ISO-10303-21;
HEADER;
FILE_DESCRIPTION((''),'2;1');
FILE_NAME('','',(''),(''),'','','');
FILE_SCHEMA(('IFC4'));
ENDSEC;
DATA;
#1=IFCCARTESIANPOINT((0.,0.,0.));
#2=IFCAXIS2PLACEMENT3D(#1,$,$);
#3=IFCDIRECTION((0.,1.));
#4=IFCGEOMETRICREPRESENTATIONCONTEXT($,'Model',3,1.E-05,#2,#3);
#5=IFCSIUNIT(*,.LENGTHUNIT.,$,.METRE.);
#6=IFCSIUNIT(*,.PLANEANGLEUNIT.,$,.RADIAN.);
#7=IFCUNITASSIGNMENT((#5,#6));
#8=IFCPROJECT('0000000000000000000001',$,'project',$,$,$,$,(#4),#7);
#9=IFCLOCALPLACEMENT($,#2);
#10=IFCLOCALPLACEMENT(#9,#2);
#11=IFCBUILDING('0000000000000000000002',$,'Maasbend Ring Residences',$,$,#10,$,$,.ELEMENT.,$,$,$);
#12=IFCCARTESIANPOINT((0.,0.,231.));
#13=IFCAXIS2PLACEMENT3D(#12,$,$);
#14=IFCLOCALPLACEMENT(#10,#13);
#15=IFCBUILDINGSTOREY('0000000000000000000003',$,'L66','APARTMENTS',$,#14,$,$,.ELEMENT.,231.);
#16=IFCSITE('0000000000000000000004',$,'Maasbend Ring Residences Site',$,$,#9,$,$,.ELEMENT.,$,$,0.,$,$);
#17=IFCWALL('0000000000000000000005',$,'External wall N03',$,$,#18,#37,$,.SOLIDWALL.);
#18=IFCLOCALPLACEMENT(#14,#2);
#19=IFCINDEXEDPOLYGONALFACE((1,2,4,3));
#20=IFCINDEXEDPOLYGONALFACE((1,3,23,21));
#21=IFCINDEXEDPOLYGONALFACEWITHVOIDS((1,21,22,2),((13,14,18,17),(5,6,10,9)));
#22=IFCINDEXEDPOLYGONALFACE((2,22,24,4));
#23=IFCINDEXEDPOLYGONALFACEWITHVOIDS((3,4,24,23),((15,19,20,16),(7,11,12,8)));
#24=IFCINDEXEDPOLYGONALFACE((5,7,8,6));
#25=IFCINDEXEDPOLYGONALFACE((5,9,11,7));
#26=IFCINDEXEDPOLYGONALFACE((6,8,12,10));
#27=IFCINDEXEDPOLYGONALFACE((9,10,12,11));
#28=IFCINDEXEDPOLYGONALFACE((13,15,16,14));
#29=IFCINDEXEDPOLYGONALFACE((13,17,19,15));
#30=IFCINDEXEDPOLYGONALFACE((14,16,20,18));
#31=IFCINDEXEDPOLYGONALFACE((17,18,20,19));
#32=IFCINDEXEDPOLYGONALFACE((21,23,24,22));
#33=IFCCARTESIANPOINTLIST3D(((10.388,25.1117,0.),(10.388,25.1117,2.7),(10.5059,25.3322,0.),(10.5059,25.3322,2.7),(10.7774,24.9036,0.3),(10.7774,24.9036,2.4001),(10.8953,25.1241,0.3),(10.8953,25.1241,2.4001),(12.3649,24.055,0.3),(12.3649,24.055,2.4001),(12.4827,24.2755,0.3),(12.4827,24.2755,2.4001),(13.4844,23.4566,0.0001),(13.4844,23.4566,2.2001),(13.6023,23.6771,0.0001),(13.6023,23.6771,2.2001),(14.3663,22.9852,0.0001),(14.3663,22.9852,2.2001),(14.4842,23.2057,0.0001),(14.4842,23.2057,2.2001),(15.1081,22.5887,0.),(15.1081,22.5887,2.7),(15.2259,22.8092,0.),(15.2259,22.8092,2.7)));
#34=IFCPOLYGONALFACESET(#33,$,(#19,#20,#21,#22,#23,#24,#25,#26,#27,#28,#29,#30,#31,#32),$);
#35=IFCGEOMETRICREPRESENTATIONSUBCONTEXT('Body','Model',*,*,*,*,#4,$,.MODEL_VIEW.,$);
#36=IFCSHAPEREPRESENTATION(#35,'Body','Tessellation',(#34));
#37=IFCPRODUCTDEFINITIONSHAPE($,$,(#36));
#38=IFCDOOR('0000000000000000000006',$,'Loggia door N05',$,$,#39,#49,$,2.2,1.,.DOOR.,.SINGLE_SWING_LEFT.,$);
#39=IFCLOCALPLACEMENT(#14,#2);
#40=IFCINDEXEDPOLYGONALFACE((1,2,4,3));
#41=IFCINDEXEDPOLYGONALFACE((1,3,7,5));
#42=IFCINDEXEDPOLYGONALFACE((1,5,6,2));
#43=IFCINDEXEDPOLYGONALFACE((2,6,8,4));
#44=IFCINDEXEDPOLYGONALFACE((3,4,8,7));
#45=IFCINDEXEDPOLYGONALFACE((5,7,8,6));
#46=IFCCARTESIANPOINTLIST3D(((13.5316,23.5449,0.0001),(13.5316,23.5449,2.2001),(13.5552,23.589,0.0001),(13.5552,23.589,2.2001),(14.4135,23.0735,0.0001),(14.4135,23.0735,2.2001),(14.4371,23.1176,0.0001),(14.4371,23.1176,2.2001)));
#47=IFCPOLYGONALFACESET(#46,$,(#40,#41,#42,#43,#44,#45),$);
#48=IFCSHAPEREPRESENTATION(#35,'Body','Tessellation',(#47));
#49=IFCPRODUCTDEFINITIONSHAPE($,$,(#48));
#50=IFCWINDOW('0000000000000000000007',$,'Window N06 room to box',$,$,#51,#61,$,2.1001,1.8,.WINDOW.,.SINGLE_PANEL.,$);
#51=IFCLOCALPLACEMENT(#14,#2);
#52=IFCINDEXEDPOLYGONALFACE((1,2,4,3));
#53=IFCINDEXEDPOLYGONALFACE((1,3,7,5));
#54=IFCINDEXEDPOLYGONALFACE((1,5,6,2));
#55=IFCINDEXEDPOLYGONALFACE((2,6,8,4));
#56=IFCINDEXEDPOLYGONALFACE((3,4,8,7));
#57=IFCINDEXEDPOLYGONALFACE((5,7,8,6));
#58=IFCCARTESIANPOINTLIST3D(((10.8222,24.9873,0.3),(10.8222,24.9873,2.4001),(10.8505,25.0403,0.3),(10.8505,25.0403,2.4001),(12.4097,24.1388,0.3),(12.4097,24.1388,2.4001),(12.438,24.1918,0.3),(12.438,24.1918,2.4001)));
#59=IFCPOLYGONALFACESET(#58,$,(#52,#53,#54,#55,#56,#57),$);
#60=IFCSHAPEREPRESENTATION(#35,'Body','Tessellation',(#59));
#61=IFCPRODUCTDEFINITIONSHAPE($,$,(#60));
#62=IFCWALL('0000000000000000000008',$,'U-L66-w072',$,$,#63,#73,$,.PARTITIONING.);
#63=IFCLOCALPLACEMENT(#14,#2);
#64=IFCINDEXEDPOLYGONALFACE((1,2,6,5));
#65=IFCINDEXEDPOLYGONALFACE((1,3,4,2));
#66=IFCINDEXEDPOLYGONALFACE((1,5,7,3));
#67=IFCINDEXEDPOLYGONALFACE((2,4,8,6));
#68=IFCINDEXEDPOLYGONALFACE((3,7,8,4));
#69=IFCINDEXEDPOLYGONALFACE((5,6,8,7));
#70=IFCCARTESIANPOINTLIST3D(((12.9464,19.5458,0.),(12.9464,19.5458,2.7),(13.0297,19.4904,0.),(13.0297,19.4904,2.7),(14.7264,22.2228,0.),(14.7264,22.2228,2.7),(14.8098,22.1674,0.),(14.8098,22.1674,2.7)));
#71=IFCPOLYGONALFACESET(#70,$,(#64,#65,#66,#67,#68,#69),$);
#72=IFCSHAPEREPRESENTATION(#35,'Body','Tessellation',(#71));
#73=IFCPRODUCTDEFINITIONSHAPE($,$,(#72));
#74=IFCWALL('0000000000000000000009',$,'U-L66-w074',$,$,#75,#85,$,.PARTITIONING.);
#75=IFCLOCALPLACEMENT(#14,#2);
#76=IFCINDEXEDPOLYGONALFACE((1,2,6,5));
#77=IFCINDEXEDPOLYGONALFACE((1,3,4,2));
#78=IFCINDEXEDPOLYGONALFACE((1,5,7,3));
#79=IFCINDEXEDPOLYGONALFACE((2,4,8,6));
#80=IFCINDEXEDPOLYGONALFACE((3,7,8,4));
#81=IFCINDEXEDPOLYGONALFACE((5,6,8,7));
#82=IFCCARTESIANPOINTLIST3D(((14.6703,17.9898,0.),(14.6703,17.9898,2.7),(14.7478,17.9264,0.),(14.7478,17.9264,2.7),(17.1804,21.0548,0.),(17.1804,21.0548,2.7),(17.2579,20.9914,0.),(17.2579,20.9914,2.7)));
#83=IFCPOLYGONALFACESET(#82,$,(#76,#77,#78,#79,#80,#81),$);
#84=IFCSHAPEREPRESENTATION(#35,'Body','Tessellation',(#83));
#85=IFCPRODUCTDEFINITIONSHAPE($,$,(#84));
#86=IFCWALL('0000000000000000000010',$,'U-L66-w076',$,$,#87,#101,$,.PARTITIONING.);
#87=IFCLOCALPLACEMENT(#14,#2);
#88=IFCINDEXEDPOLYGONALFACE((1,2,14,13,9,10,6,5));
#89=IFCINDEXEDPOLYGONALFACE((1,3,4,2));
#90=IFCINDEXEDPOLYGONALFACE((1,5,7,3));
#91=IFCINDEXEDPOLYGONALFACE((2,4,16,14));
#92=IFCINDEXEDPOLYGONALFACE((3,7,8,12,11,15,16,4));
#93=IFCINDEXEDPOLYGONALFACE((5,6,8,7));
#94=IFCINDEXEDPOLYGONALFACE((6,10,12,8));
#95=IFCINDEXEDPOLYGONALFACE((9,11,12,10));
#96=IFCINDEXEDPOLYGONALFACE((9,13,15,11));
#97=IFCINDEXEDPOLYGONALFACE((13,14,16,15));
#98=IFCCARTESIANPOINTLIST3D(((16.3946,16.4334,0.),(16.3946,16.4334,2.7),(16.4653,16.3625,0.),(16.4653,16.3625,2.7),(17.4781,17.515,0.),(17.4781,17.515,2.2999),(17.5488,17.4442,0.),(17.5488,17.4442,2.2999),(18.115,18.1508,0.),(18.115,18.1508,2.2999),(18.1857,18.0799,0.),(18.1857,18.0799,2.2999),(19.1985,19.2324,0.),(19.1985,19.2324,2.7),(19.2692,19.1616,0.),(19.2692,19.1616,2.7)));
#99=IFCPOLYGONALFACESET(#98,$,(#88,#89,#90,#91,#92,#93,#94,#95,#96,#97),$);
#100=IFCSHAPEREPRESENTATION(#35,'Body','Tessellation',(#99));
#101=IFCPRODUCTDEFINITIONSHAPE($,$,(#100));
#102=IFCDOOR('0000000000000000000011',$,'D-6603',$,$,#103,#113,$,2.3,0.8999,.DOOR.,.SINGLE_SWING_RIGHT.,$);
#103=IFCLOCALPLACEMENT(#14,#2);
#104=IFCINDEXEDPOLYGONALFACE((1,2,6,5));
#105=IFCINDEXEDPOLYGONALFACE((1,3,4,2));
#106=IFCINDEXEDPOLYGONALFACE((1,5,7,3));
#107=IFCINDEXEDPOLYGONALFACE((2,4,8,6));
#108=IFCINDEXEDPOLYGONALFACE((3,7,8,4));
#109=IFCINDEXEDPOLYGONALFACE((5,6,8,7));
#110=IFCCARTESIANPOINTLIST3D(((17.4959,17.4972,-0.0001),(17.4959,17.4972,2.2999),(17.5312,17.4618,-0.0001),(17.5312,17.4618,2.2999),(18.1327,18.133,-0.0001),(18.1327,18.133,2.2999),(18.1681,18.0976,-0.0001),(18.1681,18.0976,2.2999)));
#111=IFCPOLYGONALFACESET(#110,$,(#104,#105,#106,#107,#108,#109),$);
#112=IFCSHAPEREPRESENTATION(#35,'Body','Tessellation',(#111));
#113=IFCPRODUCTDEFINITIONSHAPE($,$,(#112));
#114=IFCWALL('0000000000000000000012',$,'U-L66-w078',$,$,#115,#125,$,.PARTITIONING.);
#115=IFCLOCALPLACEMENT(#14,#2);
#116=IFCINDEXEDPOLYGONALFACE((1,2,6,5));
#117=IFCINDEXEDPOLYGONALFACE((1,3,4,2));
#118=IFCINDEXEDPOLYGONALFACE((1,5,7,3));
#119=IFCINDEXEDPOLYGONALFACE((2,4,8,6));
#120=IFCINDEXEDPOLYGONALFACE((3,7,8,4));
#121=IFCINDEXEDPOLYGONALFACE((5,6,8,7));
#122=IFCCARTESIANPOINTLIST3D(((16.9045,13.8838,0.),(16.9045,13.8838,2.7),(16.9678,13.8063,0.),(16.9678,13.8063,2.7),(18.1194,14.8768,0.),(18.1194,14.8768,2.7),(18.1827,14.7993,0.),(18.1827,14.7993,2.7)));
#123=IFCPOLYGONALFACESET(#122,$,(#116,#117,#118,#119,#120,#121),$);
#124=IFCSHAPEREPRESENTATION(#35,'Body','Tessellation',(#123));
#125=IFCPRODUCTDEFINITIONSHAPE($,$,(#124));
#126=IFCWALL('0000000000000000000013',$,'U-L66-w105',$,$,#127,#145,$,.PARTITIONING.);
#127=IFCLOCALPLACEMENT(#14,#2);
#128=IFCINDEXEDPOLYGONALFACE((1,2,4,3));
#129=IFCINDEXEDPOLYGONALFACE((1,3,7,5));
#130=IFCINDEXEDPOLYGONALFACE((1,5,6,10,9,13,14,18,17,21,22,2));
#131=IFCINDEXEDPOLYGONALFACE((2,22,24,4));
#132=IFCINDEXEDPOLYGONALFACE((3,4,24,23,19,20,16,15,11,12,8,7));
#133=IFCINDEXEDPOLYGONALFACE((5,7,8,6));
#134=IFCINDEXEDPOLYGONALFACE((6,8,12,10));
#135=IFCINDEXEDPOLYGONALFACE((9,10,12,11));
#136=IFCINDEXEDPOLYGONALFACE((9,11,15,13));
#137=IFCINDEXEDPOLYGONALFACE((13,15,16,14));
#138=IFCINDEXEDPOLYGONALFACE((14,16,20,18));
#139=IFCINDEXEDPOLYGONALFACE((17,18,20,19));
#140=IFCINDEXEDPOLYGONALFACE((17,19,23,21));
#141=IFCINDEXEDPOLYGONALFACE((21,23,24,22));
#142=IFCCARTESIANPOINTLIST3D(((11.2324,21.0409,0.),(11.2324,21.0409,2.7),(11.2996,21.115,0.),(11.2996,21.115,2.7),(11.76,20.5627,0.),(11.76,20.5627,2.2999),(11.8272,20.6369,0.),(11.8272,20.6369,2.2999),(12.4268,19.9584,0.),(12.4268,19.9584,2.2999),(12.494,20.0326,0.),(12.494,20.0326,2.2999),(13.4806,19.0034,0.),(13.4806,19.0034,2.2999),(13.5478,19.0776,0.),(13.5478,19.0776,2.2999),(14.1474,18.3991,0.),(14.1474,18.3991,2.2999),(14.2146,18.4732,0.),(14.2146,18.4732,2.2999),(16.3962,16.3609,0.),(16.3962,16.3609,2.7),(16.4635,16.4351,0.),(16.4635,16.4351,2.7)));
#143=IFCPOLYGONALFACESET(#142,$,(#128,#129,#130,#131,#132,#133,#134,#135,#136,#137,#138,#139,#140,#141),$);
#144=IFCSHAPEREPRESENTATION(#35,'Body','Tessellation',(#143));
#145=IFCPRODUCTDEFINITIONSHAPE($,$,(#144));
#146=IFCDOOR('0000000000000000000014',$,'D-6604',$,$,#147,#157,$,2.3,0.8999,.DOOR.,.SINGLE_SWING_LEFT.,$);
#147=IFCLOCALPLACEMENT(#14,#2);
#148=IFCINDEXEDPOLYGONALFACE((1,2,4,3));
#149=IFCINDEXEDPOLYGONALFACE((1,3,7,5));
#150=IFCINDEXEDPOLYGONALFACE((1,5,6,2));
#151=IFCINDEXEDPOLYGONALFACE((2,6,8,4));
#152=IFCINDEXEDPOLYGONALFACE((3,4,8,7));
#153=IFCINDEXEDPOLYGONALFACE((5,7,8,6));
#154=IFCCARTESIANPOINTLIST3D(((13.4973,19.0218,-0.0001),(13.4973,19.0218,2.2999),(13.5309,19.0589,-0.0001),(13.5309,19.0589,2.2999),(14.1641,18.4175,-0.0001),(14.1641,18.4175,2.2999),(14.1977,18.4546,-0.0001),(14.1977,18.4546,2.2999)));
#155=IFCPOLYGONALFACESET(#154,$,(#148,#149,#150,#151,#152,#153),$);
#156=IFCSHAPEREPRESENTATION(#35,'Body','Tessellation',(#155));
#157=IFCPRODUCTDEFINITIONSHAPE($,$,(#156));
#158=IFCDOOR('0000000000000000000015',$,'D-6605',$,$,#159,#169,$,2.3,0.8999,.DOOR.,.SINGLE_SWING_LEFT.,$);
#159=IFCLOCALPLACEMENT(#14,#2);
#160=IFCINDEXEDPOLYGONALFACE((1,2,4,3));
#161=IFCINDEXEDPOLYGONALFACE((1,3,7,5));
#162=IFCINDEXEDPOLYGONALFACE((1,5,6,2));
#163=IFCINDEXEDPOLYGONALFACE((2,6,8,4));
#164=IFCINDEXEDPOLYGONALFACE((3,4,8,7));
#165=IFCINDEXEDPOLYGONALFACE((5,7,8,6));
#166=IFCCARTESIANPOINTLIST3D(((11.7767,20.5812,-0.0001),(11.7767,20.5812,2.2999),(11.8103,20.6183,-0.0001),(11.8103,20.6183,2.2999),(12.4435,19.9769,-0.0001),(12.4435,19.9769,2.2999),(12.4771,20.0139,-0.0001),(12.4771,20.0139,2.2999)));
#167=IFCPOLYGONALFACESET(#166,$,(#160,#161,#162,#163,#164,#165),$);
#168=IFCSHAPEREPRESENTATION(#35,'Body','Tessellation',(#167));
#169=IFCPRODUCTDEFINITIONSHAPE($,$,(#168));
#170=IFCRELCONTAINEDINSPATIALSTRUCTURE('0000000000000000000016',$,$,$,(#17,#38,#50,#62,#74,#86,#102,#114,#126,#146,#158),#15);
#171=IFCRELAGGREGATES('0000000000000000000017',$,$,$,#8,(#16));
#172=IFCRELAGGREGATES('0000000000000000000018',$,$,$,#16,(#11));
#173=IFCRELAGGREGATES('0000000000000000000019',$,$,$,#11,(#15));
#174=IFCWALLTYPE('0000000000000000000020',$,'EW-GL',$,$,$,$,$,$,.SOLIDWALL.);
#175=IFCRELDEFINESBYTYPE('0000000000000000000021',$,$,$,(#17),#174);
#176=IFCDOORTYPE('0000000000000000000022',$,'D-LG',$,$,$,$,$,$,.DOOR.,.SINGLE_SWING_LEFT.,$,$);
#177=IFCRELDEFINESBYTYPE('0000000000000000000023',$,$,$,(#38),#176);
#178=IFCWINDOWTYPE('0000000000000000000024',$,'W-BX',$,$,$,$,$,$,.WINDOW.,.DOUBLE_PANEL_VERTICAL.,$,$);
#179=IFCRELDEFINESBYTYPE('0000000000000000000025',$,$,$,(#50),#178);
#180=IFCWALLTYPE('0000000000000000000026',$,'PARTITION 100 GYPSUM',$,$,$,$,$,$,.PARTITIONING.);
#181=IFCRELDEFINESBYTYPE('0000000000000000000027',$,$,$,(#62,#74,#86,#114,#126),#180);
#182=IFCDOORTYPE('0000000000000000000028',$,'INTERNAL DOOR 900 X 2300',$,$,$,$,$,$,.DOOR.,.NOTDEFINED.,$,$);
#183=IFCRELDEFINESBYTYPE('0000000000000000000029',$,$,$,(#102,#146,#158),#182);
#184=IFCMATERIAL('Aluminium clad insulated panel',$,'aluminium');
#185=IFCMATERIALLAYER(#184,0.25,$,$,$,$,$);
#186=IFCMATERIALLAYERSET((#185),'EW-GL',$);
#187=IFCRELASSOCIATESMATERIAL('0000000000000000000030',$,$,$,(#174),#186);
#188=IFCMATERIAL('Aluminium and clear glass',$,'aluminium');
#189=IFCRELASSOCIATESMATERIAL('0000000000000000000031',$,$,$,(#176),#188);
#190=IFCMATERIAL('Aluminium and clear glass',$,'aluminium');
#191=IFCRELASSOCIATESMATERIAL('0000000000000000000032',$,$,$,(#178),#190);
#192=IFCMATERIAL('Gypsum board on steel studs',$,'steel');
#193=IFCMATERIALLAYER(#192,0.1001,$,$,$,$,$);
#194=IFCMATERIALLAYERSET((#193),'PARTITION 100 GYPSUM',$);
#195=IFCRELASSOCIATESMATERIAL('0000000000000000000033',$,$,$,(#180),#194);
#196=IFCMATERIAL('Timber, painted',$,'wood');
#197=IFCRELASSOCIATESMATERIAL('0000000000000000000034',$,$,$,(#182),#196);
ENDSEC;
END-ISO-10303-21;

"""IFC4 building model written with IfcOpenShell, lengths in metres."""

from ifc_helpers import new_model, si_unit, direction, frame, frame_2d, origin, place, context, subcontext, project, spatial, rectangle, extrude, material, layer, layer_set, type_object, element, fill, save


model = new_model("IFC4")

# Units and contexts
model_context = context("Model", 3, precision=1e-05, world=origin(), true_north=direction((0.0, 1.0)))
body_context = subcontext(model_context, "Body", "Model", "MODEL_VIEW")
ifc_project = project(units=[si_unit("LENGTHUNIT", "METRE"), si_unit("PLANEANGLEUNIT", "RADIAN")], contexts=[model_context])

# Site, building, storey
site_placement = place(None, origin())
site = spatial("IfcSite", under=ifc_project, at=site_placement, Name="Maasbend Ring Residences Site", CompositionType="ELEMENT", RefElevation=0.0)
building_placement = place(site_placement, origin())
building = spatial("IfcBuilding", under=site, at=building_placement, Name="Maasbend Ring Residences", CompositionType="ELEMENT")
storey_placement = place(building_placement, frame((0.0, 0.0, 231.0)))
storey = spatial("IfcBuildingStorey", under=building, at=storey_placement, Name="L66", Description="APARTMENTS", CompositionType="ELEMENT", Elevation=231.0)

# Wall, openings, door, window
ifc_material_1 = material(Name="Aluminium clad insulated panel", Category="aluminium")
ifc_layer_1 = layer(ifc_material_1, 0.25)
ifc_layer_set_1 = layer_set([ifc_layer_1], Name="EW-GL")
wall_type_1 = type_object("IfcWallType", Name="EW-GL", PredefinedType="SOLIDWALL", material=ifc_layer_set_1)
wall_1_placement = place(storey_placement, frame((15.167, 22.699, 0.0), z_axis=(0.0, 0.0, 1.0), x_axis=(-0.881916, 0.471407, 0.0)))
wall_1 = element("IfcWall", 1, at=wall_1_placement, inside=storey, type_object=wall_type_1, Name="External wall N03", PredefinedType="SOLIDWALL", context=body_context, shape_type="SweptSolid", body=[
    extrude(rectangle(XDim=5.3521, YDim=0.25, at=frame_2d((2.676, 0.0))), origin(), (0.0, 0.0, 1.0), 2.7),
])
opening_1_placement = place(wall_1_placement, frame((0.8411, 0.0, 0.0)))
opening_1 = element("IfcOpeningElement", 2, at=opening_1_placement, cuts=wall_1, PredefinedType="OPENING", context=body_context, shape_type="SweptSolid", body=[
    extrude(rectangle(XDim=1.0, YDim=2.2, at=frame_2d((0.5, 1.1001))), frame((0.0, 0.135, 0.0), z_axis=(0.0, -1.0, 0.0), x_axis=(1.0, 0.0, 0.0)), (0.0, 0.0, 1.0), 0.27),
])
opening_2_placement = place(wall_1_placement, frame((3.1106, 0.0, 0.3)))
opening_2 = element("IfcOpeningElement", 3, at=opening_2_placement, cuts=wall_1, PredefinedType="OPENING", context=body_context, shape_type="SweptSolid", body=[
    extrude(rectangle(XDim=1.8, YDim=2.1001, at=frame_2d((0.8999, 1.05))), frame((0.0, 0.135, 0.0), z_axis=(0.0, -1.0, 0.0), x_axis=(1.0, 0.0, 0.0)), (0.0, 0.0, 1.0), 0.27),
])
ifc_material_2 = material(Name="Aluminium and clear glass", Category="aluminium")
door_type_1 = type_object("IfcDoorType", Name="D-LG", OperationType="SINGLE_SWING_LEFT", PredefinedType="DOOR", material=ifc_material_2)
door_1_placement = place(opening_1_placement, origin())
door_1 = element("IfcDoor", 4, at=door_1_placement, inside=storey, type_object=door_type_1, Name="Loggia door N05", OperationType="SINGLE_SWING_LEFT", OverallHeight=2.2, OverallWidth=1.0, PredefinedType="DOOR", context=body_context, shape_type="SweptSolid", body=[
    extrude(rectangle(XDim=1.0, YDim=2.2, at=frame_2d((0.5, 1.1001))), frame((0.0, 0.0249, 0.0), z_axis=(0.0, -1.0, 0.0), x_axis=(1.0, 0.0, 0.0)), (0.0, 0.0, 1.0), 0.05),
])
fill(opening_1, door_1)
ifc_material_3 = material(Name="Aluminium and clear glass", Category="aluminium")
window_type_1 = type_object("IfcWindowType", Name="W-BX", PartitioningType="DOUBLE_PANEL_VERTICAL", PredefinedType="WINDOW", material=ifc_material_3)
window_1_placement = place(opening_2_placement, origin())
window_1 = element("IfcWindow", 5, at=window_1_placement, inside=storey, type_object=window_type_1, Name="Window N06 room to box", OverallHeight=2.1001, OverallWidth=1.8, PartitioningType="SINGLE_PANEL", PredefinedType="WINDOW", context=body_context, shape_type="SweptSolid", body=[
    extrude(rectangle(XDim=1.8, YDim=2.1001, at=frame_2d((0.8999, 1.05))), frame((0.0, 0.03, 0.0), z_axis=(0.0, -1.0, 0.0), x_axis=(1.0, 0.0, 0.0)), (0.0, 0.0, 1.0), 0.0601),
])
fill(opening_2, window_1)

# Walls
ifc_material_4 = material(Name="Gypsum board on steel studs", Category="steel")
ifc_layer_2 = layer(ifc_material_4, 0.1001)
ifc_layer_set_2 = layer_set([ifc_layer_2], Name="PARTITION 100 GYPSUM")
wall_type_2 = type_object("IfcWallType", Name="PARTITION 100 GYPSUM", PredefinedType="PARTITIONING", material=ifc_layer_set_2)
wall_2_placement = place(storey_placement, frame((12.988, 19.5181, 0.0), z_axis=(0.0, 0.0, 1.0), x_axis=(0.553701, 0.832716, 0.0)))
element("IfcWall", 6, at=wall_2_placement, inside=storey, type_object=wall_type_2, Name="U-L66-w072", PredefinedType="PARTITIONING", context=body_context, shape_type="SweptSolid", body=[
    extrude(rectangle(XDim=3.2148, YDim=0.1001, at=frame_2d((1.6074, 0.0))), origin(), (0.0, 0.0, 1.0), 2.7),
])
wall_3_placement = place(storey_placement, frame((14.709, 17.958, 0.0), z_axis=(0.0, 0.0, 1.0), x_axis=(0.63359, 0.773669, 0.0)))
element("IfcWall", 7, at=wall_3_placement, inside=storey, type_object=wall_type_2, Name="U-L66-w074", PredefinedType="PARTITIONING", context=body_context, shape_type="SweptSolid", body=[
    extrude(rectangle(XDim=3.9617, YDim=0.1001, at=frame_2d((1.981, 0.0))), origin(), (0.0, 0.0, 1.0), 2.7),
])

# Wall, opening, door
wall_4_placement = place(storey_placement, frame((16.4299, 16.3979, 0.0), z_axis=(0.0, 0.0, 1.0), x_axis=(0.707723, 0.70649, 0.0)))
wall_4 = element("IfcWall", 8, at=wall_4_placement, inside=storey, type_object=wall_type_2, Name="U-L66-w076", PredefinedType="PARTITIONING", context=body_context, shape_type="SweptSolid", body=[
    extrude(rectangle(XDim=3.9619, YDim=0.1001, at=frame_2d((1.981, 0.0))), origin(), (0.0, 0.0, 1.0), 2.7),
])
opening_3_placement = place(wall_4_placement, frame((1.531, 0.0, 0.0)))
opening_3 = element("IfcOpeningElement", 9, at=opening_3_placement, cuts=wall_4, PredefinedType="OPENING", context=body_context, shape_type="SweptSolid", body=[
    extrude(rectangle(XDim=0.8999, YDim=2.3, at=frame_2d((0.45, 1.1499))), frame((0.0, 0.0601, 0.0), z_axis=(0.0, -1.0, 0.0), x_axis=(1.0, 0.0, 0.0)), (0.0, 0.0, 1.0), 0.1201),
])
ifc_material_5 = material(Name="Timber, painted", Category="wood")
door_type_2 = type_object("IfcDoorType", Name="INTERNAL DOOR 900 X 2300", OperationType="NOTDEFINED", PredefinedType="DOOR", material=ifc_material_5)
door_2_placement = place(opening_3_placement, origin())
door_2 = element("IfcDoor", 10, at=door_2_placement, inside=storey, type_object=door_type_2, Name="D-6603", OperationType="SINGLE_SWING_RIGHT", OverallHeight=2.3, OverallWidth=0.8999, PredefinedType="DOOR", context=body_context, shape_type="SweptSolid", body=[
    extrude(rectangle(XDim=0.8999, YDim=2.3, at=frame_2d((0.45, 1.1499))), frame((0.0, 0.0249, 0.0), z_axis=(0.0, -1.0, 0.0), x_axis=(1.0, 0.0, 0.0)), (0.0, 0.0, 1.0), 0.05),
])
fill(opening_3, door_2)

# Wall
wall_5_placement = place(storey_placement, frame((16.936, 13.845, 0.0), z_axis=(0.0, 0.0, 1.0), x_axis=(0.774283, 0.632839, 0.0)))
element("IfcWall", 11, at=wall_5_placement, inside=storey, type_object=wall_type_2, Name="U-L66-w078", PredefinedType="PARTITIONING", context=body_context, shape_type="SweptSolid", body=[
    extrude(rectangle(XDim=1.5691, YDim=0.1001, at=frame_2d((0.7847, 0.0))), origin(), (0.0, 0.0, 1.0), 2.7),
])

# Wall, openings, doors
wall_6_placement = place(storey_placement, frame((11.2661, 21.0779, 0.0), z_axis=(0.0, 0.0, 1.0), x_axis=(0.740971, -0.671537, 0.0)))
wall_6 = element("IfcWall", 12, at=wall_6_placement, inside=storey, type_object=wall_type_2, Name="U-L66-w105", PredefinedType="PARTITIONING", context=body_context, shape_type="SweptSolid", body=[
    extrude(rectangle(XDim=6.969, YDim=0.1001, at=frame_2d((3.4844, 0.0))), origin(), (0.0, 0.0, 1.0), 2.7),
])
opening_4_placement = place(wall_6_placement, frame((3.0339, 0.0, 0.0)))
opening_4 = element("IfcOpeningElement", 13, at=opening_4_placement, cuts=wall_6, PredefinedType="OPENING", context=body_context, shape_type="SweptSolid", body=[
    extrude(rectangle(XDim=0.8999, YDim=2.3, at=frame_2d((0.45, 1.1499))), frame((0.0, 0.0601, 0.0), z_axis=(0.0, -1.0, 0.0), x_axis=(1.0, 0.0, 0.0)), (0.0, 0.0, 1.0), 0.1201),
])
opening_5_placement = place(wall_6_placement, frame((0.7119, 0.0, 0.0)))
opening_5 = element("IfcOpeningElement", 14, at=opening_5_placement, cuts=wall_6, PredefinedType="OPENING", context=body_context, shape_type="SweptSolid", body=[
    extrude(rectangle(XDim=0.8999, YDim=2.3, at=frame_2d((0.45, 1.1499))), frame((0.0, 0.0601, 0.0), z_axis=(0.0, -1.0, 0.0), x_axis=(1.0, 0.0, 0.0)), (0.0, 0.0, 1.0), 0.1201),
])
door_3_placement = place(opening_4_placement, origin())
door_3 = element("IfcDoor", 15, at=door_3_placement, inside=storey, type_object=door_type_2, Name="D-6604", OperationType="SINGLE_SWING_LEFT", OverallHeight=2.3, OverallWidth=0.8999, PredefinedType="DOOR", context=body_context, shape_type="SweptSolid", body=[
    extrude(rectangle(XDim=0.8999, YDim=2.3, at=frame_2d((0.45, 1.1499))), frame((0.0, 0.0249, 0.0), z_axis=(0.0, -1.0, 0.0), x_axis=(1.0, 0.0, 0.0)), (0.0, 0.0, 1.0), 0.05),
])
fill(opening_4, door_3)
door_4_placement = place(opening_5_placement, origin())
door_4 = element("IfcDoor", 16, at=door_4_placement, inside=storey, type_object=door_type_2, Name="D-6605", OperationType="SINGLE_SWING_LEFT", OverallHeight=2.3, OverallWidth=0.8999, PredefinedType="DOOR", context=body_context, shape_type="SweptSolid", body=[
    extrude(rectangle(XDim=0.8999, YDim=2.3, at=frame_2d((0.45, 1.1499))), frame((0.0, 0.0249, 0.0), z_axis=(0.0, -1.0, 0.0), x_axis=(1.0, 0.0, 0.0)), (0.0, 0.0, 1.0), 0.05),
])
fill(opening_5, door_4)

save(model, "model.ifc")
